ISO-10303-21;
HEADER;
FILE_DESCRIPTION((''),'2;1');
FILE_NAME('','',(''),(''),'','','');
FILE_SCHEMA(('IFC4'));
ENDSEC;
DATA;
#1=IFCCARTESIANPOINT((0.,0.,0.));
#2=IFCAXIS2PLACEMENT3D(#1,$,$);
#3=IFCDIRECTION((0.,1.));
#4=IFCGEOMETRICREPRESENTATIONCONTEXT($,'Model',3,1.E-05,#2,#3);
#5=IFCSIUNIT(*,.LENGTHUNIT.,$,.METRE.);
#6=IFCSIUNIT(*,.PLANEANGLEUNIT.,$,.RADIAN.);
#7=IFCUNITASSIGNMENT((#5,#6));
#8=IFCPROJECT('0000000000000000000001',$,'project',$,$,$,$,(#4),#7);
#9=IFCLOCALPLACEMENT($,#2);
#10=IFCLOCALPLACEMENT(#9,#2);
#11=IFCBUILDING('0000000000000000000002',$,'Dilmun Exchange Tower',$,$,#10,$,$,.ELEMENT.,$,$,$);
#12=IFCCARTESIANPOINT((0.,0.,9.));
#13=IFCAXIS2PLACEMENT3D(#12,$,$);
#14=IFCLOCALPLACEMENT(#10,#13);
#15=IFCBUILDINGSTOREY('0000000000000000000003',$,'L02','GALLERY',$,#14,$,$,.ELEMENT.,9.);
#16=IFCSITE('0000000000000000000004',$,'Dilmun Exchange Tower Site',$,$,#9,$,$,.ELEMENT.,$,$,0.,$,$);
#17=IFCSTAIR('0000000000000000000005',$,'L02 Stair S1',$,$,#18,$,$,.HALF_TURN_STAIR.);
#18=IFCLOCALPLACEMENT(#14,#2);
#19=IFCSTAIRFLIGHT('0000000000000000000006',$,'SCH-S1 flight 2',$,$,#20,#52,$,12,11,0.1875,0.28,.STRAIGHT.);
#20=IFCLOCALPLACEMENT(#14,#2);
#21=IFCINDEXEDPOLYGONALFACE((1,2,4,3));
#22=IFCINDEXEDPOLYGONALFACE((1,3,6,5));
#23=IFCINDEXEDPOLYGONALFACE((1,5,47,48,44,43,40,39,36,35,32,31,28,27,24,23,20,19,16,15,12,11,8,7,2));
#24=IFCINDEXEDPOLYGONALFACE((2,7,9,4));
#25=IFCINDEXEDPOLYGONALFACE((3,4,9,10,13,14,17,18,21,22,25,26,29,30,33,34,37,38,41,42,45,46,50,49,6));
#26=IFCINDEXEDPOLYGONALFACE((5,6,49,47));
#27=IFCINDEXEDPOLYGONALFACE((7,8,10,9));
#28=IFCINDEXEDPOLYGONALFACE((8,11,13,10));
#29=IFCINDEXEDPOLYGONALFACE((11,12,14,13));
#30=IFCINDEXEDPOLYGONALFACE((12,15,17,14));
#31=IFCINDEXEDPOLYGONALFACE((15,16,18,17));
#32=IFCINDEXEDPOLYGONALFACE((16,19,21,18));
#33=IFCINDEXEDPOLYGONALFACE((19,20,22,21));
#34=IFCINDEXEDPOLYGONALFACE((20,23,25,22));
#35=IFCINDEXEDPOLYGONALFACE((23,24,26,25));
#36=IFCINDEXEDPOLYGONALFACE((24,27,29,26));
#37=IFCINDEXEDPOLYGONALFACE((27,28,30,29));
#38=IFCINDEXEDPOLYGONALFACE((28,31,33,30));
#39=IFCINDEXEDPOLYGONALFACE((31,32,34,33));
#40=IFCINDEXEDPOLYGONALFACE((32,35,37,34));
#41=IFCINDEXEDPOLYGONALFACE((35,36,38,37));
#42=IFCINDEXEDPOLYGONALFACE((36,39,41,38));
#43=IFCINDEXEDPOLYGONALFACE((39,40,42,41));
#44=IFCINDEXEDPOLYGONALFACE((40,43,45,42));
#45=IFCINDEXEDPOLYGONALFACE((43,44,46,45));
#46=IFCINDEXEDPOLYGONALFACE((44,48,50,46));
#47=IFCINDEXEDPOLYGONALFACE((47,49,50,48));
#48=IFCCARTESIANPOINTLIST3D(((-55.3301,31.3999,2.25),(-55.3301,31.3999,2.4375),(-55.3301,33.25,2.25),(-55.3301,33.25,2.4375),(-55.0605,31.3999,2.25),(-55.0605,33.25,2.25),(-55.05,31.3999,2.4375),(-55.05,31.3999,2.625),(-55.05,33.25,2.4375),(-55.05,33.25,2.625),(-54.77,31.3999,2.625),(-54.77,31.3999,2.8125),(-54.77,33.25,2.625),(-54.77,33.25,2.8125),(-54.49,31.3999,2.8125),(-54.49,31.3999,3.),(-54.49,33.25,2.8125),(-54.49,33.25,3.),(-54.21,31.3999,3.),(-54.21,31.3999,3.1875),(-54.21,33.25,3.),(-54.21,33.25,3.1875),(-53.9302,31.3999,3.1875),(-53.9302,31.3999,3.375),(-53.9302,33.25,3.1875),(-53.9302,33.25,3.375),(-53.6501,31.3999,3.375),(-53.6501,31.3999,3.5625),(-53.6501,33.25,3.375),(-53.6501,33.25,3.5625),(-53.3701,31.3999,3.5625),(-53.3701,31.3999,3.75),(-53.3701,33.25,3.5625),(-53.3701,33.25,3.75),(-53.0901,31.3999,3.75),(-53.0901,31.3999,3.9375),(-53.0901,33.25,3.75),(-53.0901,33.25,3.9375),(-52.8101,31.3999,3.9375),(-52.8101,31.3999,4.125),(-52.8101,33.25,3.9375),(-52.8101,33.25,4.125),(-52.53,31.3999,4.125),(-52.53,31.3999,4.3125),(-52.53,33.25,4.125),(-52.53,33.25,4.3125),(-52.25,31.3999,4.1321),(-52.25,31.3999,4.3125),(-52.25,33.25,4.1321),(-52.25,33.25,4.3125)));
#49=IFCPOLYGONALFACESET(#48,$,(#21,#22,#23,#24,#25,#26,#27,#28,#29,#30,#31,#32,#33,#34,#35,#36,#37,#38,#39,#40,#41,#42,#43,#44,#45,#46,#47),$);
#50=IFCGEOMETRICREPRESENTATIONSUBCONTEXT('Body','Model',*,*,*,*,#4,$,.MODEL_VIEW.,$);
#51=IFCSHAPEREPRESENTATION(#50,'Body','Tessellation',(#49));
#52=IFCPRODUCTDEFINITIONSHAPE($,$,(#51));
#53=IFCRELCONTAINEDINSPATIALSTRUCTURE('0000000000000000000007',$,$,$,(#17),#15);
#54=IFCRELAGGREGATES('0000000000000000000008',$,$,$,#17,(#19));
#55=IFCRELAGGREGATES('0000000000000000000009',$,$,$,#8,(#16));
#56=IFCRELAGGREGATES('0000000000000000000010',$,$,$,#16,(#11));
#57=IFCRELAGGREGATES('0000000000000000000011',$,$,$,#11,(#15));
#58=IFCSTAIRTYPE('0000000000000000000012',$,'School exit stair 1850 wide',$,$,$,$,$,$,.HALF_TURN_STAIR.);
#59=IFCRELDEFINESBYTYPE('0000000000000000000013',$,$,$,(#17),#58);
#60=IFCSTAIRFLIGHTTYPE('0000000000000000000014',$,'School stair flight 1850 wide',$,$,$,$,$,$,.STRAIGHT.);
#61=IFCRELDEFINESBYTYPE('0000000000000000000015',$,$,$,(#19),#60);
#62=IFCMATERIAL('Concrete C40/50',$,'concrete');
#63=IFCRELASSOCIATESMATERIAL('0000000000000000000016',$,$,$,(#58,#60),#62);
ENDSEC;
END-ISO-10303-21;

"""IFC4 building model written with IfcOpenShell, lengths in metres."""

from ifc_helpers import new_model, si_unit, direction, frame, origin, place, context, subcontext, project, spatial, polyline, outline, extrude, material, type_object, element, aggregate, save


model = new_model("IFC4")

# Units and contexts
model_context = context("Model", 3, precision=1e-05, world=origin(), true_north=direction((0.0, 1.0)))
body_context = subcontext(model_context, "Body", "Model", "MODEL_VIEW")
ifc_project = project(units=[si_unit("LENGTHUNIT", "METRE"), si_unit("PLANEANGLEUNIT", "RADIAN")], contexts=[model_context])

# Site, building, storey
site_placement = place(None, origin())
site = spatial("IfcSite", under=ifc_project, at=site_placement, Name="Dilmun Exchange Tower Site", CompositionType="ELEMENT", RefElevation=0.0)
building_placement = place(site_placement, origin())
building = spatial("IfcBuilding", under=site, at=building_placement, Name="Dilmun Exchange Tower", CompositionType="ELEMENT")
storey_placement = place(building_placement, frame((0.0, 0.0, 9.0)))
storey = spatial("IfcBuildingStorey", under=building, at=storey_placement, Name="L02", Description="GALLERY", CompositionType="ELEMENT", Elevation=9.0)

# Shared definitions
ifc_material_1 = material(Name="Concrete C40/50", Category="concrete")

# Stair, stair flight
stair_type = type_object("IfcStairType", Name="School exit stair 1850 wide", PredefinedType="HALF_TURN_STAIR", material=ifc_material_1)
stair_placement = place(storey_placement, origin())
stair = element("IfcStair", 1, at=stair_placement, inside=storey, type_object=stair_type, Name="L02 Stair S1", PredefinedType="HALF_TURN_STAIR")
stair_flight_type = type_object("IfcStairFlightType", Name="School stair flight 1850 wide", PredefinedType="STRAIGHT", material=ifc_material_1)
stair_flight_1_placement = place(storey_placement, frame((-55.3301, 32.325, 2.25), z_axis=(0.0, 0.0, 1.0), x_axis=(1.0, 0.0, 0.0)))
stair_flight_1 = element("IfcStairFlight", 2, at=stair_flight_1_placement, type_object=stair_flight_type, Name="SCH-S1 flight 2", NumberOfRisers=12, NumberOfTreads=11, PredefinedType="STRAIGHT", RiserHeight=0.1875, TreadLength=0.28, context=body_context, shape_type="SweptSolid", body=[
    extrude(outline(polyline([(0.0, 0.0), (0.0, 0.1875), (0.28, 0.1875), (0.28, 0.375), (0.5601, 0.375), (0.5601, 0.5625), (0.8401, 0.5625), (0.8401, 0.75), (1.1201, 0.75), (1.1201, 0.9375), (1.3999, 0.9375), (1.3999, 1.125), (1.6799, 1.125), (1.6799, 1.3125), (1.96, 1.3125), (1.96, 1.5), (2.24, 1.5), (2.24, 1.6875), (2.52, 1.6875), (2.52, 1.875), (2.8, 1.875), (2.8, 2.0625), (3.0801, 2.0625), (3.0801, 2.25), (3.0801, 1.8821), (0.2695, 0.0), (0.0, 0.0)])), frame((0.0, 0.925, 0.0), z_axis=(0.0, -1.0, 0.0), x_axis=(1.0, 0.0, 0.0)), (0.0, 0.0, 1.0), 1.8501),
])
aggregate(stair, [stair_flight_1])

save(model, "model.ifc")
